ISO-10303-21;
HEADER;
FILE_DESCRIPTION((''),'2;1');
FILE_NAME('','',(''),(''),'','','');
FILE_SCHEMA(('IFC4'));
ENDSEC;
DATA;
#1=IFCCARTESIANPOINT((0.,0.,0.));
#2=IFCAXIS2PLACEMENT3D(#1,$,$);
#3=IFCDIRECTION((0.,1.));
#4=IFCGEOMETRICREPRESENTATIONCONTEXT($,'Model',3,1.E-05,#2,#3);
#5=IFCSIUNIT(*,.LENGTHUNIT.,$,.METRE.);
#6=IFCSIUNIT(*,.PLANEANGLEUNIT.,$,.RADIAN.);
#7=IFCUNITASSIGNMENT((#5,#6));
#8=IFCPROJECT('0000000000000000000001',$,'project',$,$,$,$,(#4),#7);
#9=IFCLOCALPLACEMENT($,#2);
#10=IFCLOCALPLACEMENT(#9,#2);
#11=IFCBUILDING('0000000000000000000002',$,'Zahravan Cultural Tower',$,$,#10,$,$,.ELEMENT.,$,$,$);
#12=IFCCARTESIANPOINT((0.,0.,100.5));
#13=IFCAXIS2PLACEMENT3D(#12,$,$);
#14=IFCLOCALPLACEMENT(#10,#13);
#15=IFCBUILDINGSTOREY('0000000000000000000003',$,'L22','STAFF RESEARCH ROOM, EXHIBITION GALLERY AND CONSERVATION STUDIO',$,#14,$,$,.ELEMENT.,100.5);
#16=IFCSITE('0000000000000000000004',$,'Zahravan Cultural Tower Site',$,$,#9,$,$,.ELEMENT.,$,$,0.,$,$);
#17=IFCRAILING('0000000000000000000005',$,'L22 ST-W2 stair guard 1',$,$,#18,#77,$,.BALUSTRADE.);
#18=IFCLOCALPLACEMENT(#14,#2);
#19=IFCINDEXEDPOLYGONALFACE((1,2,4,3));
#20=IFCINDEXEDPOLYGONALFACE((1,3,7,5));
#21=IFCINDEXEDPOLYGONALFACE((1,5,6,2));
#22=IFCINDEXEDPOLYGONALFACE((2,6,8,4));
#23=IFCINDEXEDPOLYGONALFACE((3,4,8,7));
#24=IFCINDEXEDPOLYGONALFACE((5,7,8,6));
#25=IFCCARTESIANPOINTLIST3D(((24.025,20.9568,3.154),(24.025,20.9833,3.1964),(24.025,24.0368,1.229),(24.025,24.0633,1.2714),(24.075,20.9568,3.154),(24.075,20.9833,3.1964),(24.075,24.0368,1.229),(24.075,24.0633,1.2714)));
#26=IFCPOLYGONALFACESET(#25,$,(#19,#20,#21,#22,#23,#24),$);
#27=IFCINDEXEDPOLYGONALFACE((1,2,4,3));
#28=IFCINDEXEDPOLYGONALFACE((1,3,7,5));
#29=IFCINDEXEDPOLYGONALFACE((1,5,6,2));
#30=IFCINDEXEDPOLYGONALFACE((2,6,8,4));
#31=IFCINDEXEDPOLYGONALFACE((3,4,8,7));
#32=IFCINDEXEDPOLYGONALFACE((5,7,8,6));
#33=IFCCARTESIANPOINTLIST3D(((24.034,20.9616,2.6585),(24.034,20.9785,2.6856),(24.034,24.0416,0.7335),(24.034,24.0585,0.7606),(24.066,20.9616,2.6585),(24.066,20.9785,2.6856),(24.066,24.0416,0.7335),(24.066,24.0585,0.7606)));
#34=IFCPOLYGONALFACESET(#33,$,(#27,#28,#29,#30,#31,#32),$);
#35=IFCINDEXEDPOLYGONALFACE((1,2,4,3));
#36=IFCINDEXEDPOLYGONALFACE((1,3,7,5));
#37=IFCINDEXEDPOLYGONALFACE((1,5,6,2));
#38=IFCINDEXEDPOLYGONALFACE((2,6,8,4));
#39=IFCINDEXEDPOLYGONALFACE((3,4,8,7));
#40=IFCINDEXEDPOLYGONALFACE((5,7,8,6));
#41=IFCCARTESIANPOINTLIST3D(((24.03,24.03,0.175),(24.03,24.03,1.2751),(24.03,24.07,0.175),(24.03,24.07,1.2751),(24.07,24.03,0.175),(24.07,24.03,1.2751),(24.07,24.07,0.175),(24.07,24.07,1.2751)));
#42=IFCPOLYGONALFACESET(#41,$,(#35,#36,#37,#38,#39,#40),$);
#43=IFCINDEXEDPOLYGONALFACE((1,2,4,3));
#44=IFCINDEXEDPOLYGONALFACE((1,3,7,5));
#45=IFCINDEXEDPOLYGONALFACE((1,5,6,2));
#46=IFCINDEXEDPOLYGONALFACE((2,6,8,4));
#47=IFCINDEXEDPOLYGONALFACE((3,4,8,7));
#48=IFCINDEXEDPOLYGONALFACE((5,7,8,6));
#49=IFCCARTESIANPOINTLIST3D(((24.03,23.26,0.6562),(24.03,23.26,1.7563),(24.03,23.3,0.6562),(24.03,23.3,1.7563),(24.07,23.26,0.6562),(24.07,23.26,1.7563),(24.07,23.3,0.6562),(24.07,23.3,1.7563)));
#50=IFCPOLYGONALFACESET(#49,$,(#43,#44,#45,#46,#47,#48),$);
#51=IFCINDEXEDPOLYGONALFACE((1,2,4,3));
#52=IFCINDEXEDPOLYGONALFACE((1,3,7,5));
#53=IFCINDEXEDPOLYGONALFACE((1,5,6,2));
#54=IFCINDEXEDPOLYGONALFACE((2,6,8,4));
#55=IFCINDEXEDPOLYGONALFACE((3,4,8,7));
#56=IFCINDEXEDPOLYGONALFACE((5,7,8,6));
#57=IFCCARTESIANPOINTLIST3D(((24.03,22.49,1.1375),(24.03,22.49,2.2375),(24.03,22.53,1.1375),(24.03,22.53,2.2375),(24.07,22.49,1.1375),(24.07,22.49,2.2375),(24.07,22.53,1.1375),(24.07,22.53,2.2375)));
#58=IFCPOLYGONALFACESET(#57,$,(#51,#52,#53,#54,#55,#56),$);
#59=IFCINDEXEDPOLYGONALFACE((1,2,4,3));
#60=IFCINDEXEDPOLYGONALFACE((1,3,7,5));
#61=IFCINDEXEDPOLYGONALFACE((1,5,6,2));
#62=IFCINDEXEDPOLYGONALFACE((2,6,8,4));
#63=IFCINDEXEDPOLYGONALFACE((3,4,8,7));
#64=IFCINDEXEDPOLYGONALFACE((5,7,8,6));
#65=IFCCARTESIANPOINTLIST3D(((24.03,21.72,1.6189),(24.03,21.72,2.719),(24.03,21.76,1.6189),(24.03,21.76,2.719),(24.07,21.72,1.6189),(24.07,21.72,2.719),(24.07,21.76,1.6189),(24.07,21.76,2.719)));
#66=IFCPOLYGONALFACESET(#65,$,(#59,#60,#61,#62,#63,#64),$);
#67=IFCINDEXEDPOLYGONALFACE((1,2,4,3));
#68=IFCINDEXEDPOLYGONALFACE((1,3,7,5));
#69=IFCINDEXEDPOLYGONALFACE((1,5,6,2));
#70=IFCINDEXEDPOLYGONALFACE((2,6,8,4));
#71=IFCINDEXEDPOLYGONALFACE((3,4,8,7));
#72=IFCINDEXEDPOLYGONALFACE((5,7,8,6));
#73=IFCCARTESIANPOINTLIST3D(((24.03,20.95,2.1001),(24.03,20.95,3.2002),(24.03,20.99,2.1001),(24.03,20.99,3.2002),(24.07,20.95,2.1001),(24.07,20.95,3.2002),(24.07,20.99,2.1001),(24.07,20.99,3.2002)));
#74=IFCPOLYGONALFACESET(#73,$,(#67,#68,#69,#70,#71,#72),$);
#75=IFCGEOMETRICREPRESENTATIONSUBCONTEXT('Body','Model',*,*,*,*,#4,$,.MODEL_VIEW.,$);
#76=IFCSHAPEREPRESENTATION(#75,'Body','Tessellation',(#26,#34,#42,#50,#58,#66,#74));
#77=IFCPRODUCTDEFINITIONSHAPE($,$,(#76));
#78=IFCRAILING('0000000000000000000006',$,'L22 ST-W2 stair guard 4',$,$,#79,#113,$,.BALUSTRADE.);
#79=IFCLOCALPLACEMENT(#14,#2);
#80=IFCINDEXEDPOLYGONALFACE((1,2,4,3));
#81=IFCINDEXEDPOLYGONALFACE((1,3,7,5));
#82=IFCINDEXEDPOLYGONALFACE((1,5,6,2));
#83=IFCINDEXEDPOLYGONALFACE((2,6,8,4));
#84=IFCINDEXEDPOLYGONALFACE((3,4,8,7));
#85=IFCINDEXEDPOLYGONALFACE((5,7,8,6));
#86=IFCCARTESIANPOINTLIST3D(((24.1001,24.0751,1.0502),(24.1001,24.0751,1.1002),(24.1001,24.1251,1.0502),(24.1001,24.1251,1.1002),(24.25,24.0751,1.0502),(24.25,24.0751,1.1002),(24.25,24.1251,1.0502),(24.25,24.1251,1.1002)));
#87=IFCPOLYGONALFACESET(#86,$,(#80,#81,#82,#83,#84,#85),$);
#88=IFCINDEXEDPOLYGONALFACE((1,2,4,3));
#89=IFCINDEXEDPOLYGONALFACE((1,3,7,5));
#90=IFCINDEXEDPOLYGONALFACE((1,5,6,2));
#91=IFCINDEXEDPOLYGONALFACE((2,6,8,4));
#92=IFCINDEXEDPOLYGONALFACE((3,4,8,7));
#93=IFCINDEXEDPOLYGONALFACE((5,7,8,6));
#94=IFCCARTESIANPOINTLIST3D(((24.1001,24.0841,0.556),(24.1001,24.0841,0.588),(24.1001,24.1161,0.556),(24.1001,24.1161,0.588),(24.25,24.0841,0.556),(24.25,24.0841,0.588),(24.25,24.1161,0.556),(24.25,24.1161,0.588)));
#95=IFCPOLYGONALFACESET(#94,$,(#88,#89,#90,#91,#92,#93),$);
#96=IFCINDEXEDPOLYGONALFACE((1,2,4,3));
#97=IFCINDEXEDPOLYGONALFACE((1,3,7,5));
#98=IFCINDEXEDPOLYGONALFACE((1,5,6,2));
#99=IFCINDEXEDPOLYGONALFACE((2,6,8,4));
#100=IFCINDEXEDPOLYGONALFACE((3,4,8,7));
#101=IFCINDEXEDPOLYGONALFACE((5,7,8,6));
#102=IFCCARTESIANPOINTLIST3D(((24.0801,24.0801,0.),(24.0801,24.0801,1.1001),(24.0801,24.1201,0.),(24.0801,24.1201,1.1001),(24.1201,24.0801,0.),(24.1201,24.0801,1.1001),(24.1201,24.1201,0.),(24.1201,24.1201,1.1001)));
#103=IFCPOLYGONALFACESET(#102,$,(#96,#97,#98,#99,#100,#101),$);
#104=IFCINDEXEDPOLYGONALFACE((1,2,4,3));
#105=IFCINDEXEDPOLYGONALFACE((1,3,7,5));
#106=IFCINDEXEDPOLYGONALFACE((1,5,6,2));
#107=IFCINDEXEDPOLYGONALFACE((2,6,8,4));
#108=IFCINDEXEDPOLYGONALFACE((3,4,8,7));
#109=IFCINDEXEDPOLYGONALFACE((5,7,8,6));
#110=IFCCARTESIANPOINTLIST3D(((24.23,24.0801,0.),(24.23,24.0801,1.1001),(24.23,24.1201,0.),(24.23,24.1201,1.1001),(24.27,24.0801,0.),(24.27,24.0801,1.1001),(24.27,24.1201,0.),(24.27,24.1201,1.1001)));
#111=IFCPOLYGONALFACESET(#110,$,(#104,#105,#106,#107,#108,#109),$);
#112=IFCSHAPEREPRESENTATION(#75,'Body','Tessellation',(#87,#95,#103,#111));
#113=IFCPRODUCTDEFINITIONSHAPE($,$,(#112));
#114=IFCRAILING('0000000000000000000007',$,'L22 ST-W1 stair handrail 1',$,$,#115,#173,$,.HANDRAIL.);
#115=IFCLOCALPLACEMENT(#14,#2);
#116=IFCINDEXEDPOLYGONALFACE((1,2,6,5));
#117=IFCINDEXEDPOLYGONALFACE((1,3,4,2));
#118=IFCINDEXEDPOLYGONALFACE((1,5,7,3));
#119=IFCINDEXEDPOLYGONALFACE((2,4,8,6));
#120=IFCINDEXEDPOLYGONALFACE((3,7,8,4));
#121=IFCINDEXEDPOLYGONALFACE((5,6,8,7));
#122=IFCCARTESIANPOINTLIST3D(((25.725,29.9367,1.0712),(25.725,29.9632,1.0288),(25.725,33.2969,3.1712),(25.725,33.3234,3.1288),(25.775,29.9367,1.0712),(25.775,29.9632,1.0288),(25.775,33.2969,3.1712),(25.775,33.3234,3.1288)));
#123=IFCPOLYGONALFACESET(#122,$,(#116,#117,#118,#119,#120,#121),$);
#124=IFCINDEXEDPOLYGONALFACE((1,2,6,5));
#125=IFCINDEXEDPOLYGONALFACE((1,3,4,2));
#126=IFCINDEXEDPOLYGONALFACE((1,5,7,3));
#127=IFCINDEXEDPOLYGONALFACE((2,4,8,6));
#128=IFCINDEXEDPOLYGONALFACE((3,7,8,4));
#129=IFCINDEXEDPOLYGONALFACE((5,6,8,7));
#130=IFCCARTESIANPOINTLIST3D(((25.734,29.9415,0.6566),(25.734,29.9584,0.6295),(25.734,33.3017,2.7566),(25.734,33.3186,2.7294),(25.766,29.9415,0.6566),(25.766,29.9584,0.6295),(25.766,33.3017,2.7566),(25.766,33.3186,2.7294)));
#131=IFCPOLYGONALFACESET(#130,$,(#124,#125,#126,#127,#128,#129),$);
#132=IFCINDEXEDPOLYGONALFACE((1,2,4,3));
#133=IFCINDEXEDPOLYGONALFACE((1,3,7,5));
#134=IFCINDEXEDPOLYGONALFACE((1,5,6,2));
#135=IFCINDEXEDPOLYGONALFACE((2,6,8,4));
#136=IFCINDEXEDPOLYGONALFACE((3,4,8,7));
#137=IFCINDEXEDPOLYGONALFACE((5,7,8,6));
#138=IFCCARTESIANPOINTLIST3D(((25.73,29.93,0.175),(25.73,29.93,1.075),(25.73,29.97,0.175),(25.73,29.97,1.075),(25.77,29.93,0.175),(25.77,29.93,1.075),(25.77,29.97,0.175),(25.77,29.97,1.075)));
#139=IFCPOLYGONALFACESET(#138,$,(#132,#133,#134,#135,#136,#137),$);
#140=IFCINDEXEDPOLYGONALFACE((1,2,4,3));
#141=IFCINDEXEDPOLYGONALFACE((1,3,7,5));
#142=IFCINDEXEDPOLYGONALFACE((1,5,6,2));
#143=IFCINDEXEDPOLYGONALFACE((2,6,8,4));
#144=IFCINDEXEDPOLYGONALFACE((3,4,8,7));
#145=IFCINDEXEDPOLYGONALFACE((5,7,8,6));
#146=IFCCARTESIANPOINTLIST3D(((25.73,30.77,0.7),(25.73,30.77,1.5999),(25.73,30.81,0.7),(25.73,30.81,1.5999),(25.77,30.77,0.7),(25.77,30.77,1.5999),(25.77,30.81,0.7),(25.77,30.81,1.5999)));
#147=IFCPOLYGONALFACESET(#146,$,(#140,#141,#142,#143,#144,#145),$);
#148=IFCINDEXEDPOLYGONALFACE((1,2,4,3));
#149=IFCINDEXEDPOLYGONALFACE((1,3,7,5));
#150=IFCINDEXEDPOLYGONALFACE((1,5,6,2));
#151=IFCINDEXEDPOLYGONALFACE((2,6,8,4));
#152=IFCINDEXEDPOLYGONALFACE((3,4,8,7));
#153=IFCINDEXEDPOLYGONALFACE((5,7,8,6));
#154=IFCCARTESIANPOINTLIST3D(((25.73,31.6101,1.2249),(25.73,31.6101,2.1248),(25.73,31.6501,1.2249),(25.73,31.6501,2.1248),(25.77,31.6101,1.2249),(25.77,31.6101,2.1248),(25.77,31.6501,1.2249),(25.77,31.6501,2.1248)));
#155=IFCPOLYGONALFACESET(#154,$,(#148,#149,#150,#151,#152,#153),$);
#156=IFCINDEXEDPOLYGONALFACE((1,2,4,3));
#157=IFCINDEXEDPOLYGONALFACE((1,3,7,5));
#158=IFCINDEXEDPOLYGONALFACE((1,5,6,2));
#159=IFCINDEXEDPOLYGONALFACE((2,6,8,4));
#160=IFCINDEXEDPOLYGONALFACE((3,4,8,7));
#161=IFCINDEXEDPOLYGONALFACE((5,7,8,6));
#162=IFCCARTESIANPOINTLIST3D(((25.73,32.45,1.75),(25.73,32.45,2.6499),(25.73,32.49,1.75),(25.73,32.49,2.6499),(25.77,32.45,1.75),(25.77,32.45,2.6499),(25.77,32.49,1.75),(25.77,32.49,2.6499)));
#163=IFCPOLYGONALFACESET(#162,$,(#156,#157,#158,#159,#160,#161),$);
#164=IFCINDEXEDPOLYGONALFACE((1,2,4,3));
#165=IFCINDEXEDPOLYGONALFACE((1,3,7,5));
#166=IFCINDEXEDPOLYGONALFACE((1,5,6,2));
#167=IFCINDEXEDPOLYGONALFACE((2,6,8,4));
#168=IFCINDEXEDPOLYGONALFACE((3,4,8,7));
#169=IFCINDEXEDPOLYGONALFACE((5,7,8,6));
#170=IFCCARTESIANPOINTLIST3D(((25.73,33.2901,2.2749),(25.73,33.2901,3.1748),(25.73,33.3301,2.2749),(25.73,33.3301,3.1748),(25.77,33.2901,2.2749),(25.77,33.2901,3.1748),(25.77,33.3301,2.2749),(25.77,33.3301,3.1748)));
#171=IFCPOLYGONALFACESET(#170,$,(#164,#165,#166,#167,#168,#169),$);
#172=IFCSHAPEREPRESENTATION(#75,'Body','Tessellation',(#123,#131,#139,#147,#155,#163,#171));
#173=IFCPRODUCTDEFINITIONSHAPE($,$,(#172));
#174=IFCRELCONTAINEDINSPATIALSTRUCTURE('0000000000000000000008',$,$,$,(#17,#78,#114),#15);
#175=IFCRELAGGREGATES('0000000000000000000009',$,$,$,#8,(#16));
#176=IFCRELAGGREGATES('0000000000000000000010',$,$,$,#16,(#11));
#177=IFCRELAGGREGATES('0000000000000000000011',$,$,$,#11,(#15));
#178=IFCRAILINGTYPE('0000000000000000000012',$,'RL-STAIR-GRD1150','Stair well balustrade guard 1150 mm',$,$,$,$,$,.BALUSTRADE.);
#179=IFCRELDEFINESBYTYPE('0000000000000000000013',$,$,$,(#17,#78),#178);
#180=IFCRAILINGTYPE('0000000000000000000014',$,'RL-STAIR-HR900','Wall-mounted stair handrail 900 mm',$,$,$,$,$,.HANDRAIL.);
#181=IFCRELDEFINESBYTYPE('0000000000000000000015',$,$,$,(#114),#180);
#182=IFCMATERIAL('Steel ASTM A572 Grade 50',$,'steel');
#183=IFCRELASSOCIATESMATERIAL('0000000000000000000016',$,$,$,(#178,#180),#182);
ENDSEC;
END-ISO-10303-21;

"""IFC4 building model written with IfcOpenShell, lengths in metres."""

from ifc_helpers import new_model, si_unit, direction, frame, origin, origin_2d, place, context, subcontext, project, spatial, rectangle, extrude, material, type_object, element, save


model = new_model("IFC4")

# Units and contexts
model_context = context("Model", 3, precision=1e-05, world=origin(), true_north=direction((0.0, 1.0)))
body_context = subcontext(model_context, "Body", "Model", "MODEL_VIEW")
ifc_project = project(units=[si_unit("LENGTHUNIT", "METRE"), si_unit("PLANEANGLEUNIT", "RADIAN")], contexts=[model_context])

# Site, building, storey
site_placement = place(None, origin())
site = spatial("IfcSite", under=ifc_project, at=site_placement, Name="Zahravan Cultural Tower Site", CompositionType="ELEMENT", RefElevation=0.0)
building_placement = place(site_placement, origin())
building = spatial("IfcBuilding", under=site, at=building_placement, Name="Zahravan Cultural Tower", CompositionType="ELEMENT")
storey_placement = place(building_placement, frame((0.0, 0.0, 100.5)))
storey = spatial("IfcBuildingStorey", under=building, at=storey_placement, Name="L22", Description="STAFF RESEARCH ROOM, EXHIBITION GALLERY AND CONSERVATION STUDIO", CompositionType="ELEMENT", Elevation=100.5)

# Shared definitions
ifc_material_1 = material(Name="Steel ASTM A572 Grade 50", Category="steel")

# Railings
railing_type_1 = type_object("IfcRailingType", Name="RL-STAIR-GRD1150", Description="Stair well balustrade guard 1150 mm", PredefinedType="BALUSTRADE", material=ifc_material_1)
railing_1_placement = place(storey_placement, frame((24.05, 24.05, 0.175)))
element("IfcRailing", 1, at=railing_1_placement, inside=storey, type_object=railing_type_1, Name="L22 ST-W2 stair guard 1", PredefinedType="BALUSTRADE", context=body_context, shape_type="SweptSolid", body=[
    extrude(rectangle(XDim=0.05, YDim=0.05, at=origin_2d()), frame((0.0, 0.0, 1.0752), z_axis=(0.0, -0.847998, 0.529999), x_axis=(1.0, 0.0, 0.0)), (0.0, 0.0, 1.0), 3.6321),
    extrude(rectangle(XDim=0.032, YDim=0.032, at=origin_2d()), frame((0.0, 0.0, 0.572), z_axis=(0.0, -0.847998, 0.529999), x_axis=(1.0, 0.0, 0.0)), (0.0, 0.0, 1.0), 3.6321),
    extrude(rectangle(XDim=0.04, YDim=0.04, at=origin_2d()), origin(), (0.0, 0.0, 1.0), 1.1001),
    extrude(rectangle(XDim=0.04, YDim=0.04, at=origin_2d()), frame((0.0, -0.77, 0.4812)), (0.0, 0.0, 1.0), 1.1001),
    extrude(rectangle(XDim=0.04, YDim=0.04, at=origin_2d()), frame((0.0, -1.54, 0.9624)), (0.0, 0.0, 1.0), 1.1001),
    extrude(rectangle(XDim=0.04, YDim=0.04, at=origin_2d()), frame((0.0, -2.3101, 1.4438)), (0.0, 0.0, 1.0), 1.1001),
    extrude(rectangle(XDim=0.04, YDim=0.04, at=origin_2d()), frame((0.0, -3.0801, 1.925)), (0.0, 0.0, 1.0), 1.1001),
])
railing_2_placement = place(storey_placement, frame((24.1001, 24.1001, 0.0)))
element("IfcRailing", 2, at=railing_2_placement, inside=storey, type_object=railing_type_1, Name="L22 ST-W2 stair guard 4", PredefinedType="BALUSTRADE", context=body_context, shape_type="SweptSolid", body=[
    extrude(rectangle(XDim=0.05, YDim=0.05, at=origin_2d()), frame((0.0, 0.0, 1.0752), z_axis=(1.0, 0.0, 0.0), x_axis=(0.0, 1.0, 0.0)), (0.0, 0.0, 1.0), 0.1499),
    extrude(rectangle(XDim=0.032, YDim=0.032, at=origin_2d()), frame((0.0, 0.0, 0.572), z_axis=(1.0, 0.0, 0.0), x_axis=(0.0, 1.0, 0.0)), (0.0, 0.0, 1.0), 0.1499),
    extrude(rectangle(XDim=0.04, YDim=0.04, at=origin_2d()), origin(), (0.0, 0.0, 1.0), 1.1001),
    extrude(rectangle(XDim=0.04, YDim=0.04, at=origin_2d()), frame((0.1499, 0.0, 0.0)), (0.0, 0.0, 1.0), 1.1001),
])
railing_type_2 = type_object("IfcRailingType", Name="RL-STAIR-HR900", Description="Wall-mounted stair handrail 900 mm", PredefinedType="HANDRAIL", material=ifc_material_1)
railing_3_placement = place(storey_placement, frame((25.75, 29.95, 0.175)))
element("IfcRailing", 3, at=railing_3_placement, inside=storey, type_object=railing_type_2, Name="L22 ST-W1 stair handrail 1", PredefinedType="HANDRAIL", context=body_context, shape_type="SweptSolid", body=[
    extrude(rectangle(XDim=0.05, YDim=0.05, at=origin_2d()), frame((0.0, 0.0, 0.875), z_axis=(0.0, 0.848023, 0.52996), x_axis=(-1.0, 0.0, 0.0)), (0.0, 0.0, 1.0), 3.9624),
    extrude(rectangle(XDim=0.032, YDim=0.032, at=origin_2d()), frame((0.0, 0.0, 0.468), z_axis=(0.0, 0.848023, 0.52996), x_axis=(-1.0, 0.0, 0.0)), (0.0, 0.0, 1.0), 3.9624),
    extrude(rectangle(XDim=0.04, YDim=0.04, at=origin_2d()), origin(), (0.0, 0.0, 1.0), 0.8999),
    extrude(rectangle(XDim=0.04, YDim=0.04, at=origin_2d()), frame((0.0, 0.8401, 0.5249)), (0.0, 0.0, 1.0), 0.8999),
    extrude(rectangle(XDim=0.04, YDim=0.04, at=origin_2d()), frame((0.0, 1.6802, 1.0498)), (0.0, 0.0, 1.0), 0.8999),
    extrude(rectangle(XDim=0.04, YDim=0.04, at=origin_2d()), frame((0.0, 2.52, 1.575)), (0.0, 0.0, 1.0), 0.8999),
    extrude(rectangle(XDim=0.04, YDim=0.04, at=origin_2d()), frame((0.0, 3.3601, 2.0999)), (0.0, 0.0, 1.0), 0.8999),
])

save(model, "model.ifc")
